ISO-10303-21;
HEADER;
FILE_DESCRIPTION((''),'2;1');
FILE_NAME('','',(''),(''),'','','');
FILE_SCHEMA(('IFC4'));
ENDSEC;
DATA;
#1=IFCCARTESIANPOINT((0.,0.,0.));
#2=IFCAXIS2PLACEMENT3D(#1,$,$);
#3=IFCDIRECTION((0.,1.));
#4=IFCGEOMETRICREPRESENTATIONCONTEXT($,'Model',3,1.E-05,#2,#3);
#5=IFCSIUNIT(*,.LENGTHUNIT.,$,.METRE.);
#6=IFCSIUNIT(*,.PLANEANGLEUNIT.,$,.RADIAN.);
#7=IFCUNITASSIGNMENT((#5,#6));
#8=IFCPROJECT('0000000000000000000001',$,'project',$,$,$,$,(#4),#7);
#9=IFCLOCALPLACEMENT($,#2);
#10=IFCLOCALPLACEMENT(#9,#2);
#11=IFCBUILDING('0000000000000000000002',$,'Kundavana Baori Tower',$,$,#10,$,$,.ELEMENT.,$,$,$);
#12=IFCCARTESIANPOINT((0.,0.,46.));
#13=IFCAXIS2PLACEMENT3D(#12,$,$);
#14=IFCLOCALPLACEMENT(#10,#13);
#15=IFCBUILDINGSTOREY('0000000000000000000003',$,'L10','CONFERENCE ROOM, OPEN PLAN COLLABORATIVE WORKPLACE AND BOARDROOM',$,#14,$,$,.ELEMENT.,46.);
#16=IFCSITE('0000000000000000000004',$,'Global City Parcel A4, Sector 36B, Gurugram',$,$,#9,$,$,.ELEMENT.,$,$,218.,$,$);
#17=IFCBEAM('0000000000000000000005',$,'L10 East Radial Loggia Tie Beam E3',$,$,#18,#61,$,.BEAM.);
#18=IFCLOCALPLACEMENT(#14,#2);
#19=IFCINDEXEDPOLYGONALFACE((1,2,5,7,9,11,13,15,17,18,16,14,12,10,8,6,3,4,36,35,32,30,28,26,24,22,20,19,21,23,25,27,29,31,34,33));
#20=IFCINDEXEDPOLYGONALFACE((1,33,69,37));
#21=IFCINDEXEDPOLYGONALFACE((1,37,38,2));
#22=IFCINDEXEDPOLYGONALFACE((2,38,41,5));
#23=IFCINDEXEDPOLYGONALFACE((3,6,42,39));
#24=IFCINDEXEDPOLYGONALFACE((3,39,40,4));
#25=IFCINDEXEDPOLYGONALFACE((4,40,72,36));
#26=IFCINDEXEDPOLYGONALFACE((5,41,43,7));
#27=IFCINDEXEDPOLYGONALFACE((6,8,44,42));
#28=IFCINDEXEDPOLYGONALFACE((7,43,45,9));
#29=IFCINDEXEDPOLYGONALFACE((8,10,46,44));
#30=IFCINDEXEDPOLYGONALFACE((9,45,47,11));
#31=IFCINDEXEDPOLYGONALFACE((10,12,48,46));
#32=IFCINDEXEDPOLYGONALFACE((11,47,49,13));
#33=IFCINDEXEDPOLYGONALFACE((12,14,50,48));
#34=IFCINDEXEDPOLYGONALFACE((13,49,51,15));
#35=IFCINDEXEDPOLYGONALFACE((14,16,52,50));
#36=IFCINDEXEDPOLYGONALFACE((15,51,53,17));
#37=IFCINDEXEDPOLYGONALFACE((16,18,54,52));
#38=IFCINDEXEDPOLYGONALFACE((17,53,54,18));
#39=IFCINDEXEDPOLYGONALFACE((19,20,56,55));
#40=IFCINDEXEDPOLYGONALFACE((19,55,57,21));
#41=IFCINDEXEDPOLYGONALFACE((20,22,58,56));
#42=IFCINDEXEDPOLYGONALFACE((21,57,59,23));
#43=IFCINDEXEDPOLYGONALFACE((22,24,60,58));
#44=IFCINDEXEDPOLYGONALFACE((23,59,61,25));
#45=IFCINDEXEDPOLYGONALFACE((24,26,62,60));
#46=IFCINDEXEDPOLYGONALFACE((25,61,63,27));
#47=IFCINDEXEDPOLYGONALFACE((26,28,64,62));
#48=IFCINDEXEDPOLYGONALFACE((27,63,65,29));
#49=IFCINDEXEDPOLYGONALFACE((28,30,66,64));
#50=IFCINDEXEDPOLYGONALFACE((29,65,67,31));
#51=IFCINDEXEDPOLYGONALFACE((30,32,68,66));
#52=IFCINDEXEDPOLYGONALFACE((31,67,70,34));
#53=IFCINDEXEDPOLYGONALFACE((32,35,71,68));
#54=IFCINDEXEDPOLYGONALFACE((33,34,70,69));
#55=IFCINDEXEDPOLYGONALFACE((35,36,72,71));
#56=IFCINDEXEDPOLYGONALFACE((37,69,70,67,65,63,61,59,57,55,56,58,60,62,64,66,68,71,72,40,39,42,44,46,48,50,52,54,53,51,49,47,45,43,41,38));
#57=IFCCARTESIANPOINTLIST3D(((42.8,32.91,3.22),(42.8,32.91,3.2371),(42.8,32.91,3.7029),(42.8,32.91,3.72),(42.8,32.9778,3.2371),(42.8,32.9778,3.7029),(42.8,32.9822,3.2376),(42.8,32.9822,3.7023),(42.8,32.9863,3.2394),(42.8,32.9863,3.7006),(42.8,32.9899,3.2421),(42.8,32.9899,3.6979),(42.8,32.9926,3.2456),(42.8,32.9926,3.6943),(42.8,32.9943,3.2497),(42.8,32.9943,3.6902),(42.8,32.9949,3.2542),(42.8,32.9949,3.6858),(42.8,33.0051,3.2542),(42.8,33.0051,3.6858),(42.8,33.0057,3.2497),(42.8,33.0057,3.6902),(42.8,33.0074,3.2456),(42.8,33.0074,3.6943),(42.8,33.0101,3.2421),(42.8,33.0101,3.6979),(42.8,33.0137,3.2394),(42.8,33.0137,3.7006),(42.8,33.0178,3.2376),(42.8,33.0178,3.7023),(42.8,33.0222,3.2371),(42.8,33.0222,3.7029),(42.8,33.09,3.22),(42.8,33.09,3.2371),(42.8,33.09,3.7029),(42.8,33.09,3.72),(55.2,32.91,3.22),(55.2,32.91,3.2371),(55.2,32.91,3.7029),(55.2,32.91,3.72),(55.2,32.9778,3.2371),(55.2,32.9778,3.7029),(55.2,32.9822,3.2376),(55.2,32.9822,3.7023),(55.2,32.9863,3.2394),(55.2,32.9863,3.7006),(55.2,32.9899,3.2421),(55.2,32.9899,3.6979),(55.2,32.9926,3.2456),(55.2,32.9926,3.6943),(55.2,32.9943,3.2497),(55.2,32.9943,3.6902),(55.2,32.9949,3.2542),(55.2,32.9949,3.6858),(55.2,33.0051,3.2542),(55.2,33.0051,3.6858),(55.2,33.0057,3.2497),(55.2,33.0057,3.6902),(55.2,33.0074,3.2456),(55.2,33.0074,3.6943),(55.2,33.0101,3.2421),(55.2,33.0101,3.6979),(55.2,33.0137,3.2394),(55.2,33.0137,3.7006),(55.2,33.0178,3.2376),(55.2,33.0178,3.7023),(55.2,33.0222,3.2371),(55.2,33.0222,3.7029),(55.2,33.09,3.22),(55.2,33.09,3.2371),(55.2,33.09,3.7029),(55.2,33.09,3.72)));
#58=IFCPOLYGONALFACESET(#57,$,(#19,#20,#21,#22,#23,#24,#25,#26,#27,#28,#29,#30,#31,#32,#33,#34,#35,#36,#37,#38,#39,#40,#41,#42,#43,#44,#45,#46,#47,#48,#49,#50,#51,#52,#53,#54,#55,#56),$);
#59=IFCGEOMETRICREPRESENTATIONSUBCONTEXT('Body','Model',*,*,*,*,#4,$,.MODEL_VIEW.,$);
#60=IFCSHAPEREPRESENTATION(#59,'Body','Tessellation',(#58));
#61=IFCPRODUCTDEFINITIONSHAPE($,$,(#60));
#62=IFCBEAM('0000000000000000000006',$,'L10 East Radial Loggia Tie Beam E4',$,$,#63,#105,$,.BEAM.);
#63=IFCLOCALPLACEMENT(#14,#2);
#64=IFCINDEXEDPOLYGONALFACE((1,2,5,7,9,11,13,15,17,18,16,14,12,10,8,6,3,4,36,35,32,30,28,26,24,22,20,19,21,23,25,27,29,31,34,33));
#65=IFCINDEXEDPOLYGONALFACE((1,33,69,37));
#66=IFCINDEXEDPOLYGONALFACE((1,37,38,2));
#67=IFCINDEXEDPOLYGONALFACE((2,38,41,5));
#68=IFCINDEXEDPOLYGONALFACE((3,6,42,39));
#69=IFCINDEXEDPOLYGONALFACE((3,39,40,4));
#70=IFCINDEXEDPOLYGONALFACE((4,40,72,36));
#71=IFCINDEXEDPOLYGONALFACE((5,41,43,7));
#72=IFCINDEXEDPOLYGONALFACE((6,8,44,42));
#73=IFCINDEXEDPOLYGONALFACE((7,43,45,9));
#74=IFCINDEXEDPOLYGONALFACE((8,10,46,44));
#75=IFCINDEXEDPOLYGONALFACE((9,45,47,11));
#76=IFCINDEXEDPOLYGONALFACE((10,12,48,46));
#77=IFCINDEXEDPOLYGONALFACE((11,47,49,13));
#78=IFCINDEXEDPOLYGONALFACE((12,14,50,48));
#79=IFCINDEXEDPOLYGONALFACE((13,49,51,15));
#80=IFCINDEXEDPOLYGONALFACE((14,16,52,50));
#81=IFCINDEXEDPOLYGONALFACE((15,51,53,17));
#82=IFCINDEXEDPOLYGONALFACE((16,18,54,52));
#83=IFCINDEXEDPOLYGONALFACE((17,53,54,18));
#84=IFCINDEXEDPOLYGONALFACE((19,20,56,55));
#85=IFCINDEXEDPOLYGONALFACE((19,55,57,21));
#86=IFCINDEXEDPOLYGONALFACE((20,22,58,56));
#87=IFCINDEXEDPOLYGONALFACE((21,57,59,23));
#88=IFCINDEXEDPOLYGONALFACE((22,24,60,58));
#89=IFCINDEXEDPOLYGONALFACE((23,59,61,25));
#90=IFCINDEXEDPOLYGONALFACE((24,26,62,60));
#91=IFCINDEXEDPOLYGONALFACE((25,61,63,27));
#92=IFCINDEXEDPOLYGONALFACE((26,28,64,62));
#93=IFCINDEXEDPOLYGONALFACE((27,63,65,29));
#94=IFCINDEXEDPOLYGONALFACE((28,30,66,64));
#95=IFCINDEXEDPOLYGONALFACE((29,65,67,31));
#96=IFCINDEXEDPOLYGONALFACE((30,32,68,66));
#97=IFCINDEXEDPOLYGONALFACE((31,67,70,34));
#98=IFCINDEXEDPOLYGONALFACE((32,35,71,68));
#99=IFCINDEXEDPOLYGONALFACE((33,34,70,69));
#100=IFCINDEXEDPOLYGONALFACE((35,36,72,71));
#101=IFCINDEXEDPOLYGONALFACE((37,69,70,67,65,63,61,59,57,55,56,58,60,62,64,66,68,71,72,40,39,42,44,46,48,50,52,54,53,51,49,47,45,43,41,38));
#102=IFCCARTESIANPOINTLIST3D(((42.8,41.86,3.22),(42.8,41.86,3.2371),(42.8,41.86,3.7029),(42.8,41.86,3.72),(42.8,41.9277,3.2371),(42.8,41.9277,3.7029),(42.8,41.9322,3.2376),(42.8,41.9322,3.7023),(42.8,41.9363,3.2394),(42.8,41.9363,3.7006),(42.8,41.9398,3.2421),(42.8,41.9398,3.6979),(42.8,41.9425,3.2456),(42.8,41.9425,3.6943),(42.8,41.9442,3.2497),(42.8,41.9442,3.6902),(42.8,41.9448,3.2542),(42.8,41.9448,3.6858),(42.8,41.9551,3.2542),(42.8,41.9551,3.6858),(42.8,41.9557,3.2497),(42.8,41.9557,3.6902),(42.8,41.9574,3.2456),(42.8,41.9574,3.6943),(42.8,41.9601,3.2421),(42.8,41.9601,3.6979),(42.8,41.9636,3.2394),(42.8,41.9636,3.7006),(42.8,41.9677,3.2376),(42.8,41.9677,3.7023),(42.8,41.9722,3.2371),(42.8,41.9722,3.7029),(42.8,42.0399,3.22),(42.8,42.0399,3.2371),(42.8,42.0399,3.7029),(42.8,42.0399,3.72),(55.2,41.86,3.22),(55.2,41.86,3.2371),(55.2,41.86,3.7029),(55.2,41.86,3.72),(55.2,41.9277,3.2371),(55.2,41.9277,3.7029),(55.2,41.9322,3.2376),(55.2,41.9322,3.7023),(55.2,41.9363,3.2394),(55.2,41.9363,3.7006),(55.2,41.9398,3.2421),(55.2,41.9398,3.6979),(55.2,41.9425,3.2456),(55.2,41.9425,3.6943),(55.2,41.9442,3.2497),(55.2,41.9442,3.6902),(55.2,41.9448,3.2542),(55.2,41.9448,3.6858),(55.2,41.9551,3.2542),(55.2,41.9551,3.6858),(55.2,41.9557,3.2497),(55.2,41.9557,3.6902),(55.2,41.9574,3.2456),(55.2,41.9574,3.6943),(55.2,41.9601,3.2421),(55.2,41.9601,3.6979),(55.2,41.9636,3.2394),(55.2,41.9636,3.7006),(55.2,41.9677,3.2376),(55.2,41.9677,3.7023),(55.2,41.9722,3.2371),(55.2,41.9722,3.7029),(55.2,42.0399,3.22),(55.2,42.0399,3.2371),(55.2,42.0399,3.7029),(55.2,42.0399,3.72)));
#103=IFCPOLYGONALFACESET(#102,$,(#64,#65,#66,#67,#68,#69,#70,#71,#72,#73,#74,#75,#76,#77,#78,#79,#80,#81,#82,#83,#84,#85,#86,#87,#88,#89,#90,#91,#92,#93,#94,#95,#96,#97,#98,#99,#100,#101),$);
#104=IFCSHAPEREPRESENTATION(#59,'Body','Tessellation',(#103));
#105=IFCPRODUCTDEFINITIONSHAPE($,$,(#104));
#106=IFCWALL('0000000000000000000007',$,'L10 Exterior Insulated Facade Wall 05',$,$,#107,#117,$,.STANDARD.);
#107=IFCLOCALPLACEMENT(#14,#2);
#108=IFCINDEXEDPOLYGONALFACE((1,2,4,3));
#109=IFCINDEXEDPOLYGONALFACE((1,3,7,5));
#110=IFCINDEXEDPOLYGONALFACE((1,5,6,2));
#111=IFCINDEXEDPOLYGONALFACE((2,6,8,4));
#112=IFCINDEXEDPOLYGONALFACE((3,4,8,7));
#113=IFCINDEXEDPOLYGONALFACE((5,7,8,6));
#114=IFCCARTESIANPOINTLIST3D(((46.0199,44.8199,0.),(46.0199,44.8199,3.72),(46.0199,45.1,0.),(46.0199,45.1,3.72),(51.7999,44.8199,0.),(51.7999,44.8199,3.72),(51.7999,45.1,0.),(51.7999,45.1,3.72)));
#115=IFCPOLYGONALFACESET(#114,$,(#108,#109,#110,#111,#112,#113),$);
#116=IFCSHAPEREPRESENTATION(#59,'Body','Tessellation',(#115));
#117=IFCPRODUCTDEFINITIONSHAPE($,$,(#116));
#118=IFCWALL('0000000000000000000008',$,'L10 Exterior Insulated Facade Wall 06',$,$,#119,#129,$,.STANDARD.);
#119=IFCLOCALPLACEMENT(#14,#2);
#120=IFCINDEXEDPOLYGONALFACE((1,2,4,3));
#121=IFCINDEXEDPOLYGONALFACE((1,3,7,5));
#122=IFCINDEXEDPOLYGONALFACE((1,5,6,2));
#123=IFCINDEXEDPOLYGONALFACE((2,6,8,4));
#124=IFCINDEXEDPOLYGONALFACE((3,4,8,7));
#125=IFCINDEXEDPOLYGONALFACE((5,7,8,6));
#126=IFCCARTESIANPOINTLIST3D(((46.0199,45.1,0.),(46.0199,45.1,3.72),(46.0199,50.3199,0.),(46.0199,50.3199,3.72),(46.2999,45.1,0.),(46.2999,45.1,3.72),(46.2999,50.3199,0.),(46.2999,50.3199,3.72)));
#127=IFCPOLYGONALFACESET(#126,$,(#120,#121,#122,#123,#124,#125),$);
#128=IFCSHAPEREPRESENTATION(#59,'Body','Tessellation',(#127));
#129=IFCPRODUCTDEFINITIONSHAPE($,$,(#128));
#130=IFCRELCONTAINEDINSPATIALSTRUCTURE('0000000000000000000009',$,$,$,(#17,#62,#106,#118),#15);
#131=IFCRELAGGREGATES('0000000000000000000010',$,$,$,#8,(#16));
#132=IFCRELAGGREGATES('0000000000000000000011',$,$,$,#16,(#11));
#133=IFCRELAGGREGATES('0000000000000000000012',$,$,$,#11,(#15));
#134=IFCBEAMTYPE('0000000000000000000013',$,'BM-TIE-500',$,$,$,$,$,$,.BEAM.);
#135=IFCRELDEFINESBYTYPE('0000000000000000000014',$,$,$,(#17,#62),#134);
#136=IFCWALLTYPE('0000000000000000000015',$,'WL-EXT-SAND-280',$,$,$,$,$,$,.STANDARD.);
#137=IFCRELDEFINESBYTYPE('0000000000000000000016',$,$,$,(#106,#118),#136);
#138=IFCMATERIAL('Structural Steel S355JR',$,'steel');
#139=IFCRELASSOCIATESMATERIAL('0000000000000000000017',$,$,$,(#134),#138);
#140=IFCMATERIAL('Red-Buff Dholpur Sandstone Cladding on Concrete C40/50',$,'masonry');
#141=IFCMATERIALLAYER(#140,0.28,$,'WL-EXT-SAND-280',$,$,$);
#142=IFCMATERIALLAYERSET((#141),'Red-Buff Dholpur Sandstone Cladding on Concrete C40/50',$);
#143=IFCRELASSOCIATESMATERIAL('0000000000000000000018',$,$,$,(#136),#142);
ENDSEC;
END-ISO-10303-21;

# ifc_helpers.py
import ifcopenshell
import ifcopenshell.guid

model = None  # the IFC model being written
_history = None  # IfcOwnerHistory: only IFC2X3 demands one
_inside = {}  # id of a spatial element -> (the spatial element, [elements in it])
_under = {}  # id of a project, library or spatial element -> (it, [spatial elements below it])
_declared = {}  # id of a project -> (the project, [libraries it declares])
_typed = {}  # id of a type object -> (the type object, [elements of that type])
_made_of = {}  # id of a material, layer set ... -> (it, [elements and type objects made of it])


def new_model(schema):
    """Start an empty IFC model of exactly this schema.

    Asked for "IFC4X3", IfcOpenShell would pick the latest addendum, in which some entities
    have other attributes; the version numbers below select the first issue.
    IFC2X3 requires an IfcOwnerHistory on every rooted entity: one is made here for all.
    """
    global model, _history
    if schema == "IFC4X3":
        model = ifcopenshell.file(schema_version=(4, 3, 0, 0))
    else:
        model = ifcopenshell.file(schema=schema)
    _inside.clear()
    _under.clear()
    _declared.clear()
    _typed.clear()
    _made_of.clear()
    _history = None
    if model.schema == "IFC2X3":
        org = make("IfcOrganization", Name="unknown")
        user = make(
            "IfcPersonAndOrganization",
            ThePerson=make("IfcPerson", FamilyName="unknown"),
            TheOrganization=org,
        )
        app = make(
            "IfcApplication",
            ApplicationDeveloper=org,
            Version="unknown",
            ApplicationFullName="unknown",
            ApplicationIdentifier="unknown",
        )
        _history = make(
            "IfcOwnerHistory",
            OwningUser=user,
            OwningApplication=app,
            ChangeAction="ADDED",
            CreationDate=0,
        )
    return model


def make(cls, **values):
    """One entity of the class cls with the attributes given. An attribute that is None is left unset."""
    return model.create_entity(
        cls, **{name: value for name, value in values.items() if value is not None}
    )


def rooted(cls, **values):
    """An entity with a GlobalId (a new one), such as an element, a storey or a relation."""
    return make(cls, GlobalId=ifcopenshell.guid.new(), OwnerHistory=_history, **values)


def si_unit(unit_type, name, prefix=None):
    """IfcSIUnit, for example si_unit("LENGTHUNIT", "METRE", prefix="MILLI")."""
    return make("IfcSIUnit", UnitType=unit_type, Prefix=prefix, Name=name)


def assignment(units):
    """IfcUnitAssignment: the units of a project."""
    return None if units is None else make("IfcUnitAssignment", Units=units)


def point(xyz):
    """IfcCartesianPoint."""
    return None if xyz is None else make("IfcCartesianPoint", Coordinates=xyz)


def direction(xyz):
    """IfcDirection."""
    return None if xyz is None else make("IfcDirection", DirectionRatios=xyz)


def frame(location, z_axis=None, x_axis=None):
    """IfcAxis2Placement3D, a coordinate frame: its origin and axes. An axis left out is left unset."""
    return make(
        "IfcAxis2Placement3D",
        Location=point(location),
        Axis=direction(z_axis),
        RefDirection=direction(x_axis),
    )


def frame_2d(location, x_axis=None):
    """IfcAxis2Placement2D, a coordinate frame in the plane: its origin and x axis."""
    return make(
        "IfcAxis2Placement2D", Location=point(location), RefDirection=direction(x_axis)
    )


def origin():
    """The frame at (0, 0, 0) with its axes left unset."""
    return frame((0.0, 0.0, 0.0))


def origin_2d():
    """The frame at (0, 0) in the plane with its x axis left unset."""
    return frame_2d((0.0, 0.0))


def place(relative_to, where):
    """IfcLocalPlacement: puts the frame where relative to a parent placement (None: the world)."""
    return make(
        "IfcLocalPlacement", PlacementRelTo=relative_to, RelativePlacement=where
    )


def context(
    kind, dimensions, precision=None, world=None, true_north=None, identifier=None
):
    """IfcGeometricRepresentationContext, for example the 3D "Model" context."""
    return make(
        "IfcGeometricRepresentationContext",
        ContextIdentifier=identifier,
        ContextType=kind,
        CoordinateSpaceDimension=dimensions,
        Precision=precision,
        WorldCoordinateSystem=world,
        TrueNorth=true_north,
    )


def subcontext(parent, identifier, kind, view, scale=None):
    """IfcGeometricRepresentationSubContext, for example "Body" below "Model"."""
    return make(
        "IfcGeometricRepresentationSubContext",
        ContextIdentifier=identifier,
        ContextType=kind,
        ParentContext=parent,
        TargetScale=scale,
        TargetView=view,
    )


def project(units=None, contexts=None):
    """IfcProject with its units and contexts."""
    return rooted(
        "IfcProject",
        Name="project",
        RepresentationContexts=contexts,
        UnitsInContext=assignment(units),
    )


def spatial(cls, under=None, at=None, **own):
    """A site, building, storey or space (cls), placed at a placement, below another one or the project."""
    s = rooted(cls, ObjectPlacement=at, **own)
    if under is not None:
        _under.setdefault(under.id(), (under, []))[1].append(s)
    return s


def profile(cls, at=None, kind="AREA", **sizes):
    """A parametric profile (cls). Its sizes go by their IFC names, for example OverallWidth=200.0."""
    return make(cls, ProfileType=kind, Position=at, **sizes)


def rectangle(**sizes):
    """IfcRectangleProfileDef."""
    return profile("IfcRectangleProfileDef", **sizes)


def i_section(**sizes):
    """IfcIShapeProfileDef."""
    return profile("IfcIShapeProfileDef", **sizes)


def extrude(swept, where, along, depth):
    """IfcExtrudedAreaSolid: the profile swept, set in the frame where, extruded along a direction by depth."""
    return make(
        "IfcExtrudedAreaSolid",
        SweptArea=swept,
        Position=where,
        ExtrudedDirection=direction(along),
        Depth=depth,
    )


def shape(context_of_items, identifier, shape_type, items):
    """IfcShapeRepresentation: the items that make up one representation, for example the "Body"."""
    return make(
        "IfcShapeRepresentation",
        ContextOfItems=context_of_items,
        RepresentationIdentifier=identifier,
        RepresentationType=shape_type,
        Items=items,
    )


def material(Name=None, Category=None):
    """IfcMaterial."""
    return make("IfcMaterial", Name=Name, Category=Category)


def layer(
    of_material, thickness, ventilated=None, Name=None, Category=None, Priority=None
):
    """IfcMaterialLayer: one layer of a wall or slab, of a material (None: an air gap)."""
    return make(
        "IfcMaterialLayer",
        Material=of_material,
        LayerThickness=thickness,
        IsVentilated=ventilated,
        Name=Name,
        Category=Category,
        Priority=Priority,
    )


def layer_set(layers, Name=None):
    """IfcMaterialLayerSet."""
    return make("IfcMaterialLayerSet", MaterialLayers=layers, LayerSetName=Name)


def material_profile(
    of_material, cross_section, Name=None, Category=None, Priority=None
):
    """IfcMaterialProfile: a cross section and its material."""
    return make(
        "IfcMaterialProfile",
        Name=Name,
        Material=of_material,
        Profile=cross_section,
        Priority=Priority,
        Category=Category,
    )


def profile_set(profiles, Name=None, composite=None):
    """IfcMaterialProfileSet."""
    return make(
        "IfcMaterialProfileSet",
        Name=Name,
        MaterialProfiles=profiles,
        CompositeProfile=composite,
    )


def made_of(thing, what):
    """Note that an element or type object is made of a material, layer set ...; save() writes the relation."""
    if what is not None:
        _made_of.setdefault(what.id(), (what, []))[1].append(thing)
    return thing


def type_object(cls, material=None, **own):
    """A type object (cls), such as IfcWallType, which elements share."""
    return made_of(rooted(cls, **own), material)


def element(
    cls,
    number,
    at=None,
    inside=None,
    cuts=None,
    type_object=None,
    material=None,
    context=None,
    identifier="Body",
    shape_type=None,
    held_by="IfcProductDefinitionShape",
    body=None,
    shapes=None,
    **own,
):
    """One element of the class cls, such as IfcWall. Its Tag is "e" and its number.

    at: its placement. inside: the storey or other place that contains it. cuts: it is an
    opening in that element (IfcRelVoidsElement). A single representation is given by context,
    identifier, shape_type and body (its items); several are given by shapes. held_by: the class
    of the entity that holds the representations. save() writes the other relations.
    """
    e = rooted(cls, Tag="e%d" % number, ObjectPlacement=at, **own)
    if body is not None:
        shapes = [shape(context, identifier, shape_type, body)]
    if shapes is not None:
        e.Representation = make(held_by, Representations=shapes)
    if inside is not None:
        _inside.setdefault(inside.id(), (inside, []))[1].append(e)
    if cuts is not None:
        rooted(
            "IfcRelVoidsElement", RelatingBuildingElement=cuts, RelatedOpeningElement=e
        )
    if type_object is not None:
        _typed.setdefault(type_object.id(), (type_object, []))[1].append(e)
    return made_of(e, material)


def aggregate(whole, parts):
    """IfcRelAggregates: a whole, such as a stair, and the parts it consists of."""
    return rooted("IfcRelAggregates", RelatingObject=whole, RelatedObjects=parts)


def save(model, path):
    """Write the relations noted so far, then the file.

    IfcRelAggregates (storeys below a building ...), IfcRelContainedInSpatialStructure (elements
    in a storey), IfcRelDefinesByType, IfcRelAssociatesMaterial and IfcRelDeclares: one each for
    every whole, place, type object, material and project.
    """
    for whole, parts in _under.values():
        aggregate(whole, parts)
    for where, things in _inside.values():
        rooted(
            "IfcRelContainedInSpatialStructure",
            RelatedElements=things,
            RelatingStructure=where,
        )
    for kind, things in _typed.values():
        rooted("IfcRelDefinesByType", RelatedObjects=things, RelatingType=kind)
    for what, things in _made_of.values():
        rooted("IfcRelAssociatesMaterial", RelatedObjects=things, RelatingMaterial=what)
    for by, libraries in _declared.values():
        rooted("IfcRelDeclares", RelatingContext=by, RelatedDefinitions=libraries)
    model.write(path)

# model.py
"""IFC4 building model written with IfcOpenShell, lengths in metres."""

from ifc_helpers import new_model, si_unit, direction, frame, frame_2d, origin, origin_2d, place, context, subcontext, project, spatial, rectangle, i_section, extrude, material, layer, layer_set, material_profile, profile_set, type_object, element, save


model = new_model("IFC4")

# Units and contexts
model_context = context("Model", 3, precision=1e-05, world=origin(), true_north=direction((0.0, 1.0)))
body_context = subcontext(model_context, "Body", "Model", "MODEL_VIEW")
ifc_project = project(units=[si_unit("LENGTHUNIT", "METRE"), si_unit("PLANEANGLEUNIT", "RADIAN")], contexts=[model_context])

# Site, building, storey
site_placement = place(None, origin())
site = spatial("IfcSite", under=ifc_project, at=site_placement, Name="Global City Parcel A4, Sector 36B, Gurugram", CompositionType="ELEMENT", RefElevation=218.0)
building_placement = place(site_placement, origin())
building = spatial("IfcBuilding", under=site, at=building_placement, Name="Kundavana Baori Tower", CompositionType="ELEMENT")
storey_placement = place(building_placement, frame((0.0, 0.0, 46.0)))
storey = spatial("IfcBuildingStorey", under=building, at=storey_placement, Name="L10", Description="CONFERENCE ROOM, OPEN PLAN COLLABORATIVE WORKPLACE AND BOARDROOM", CompositionType="ELEMENT", Elevation=46.0)

# Beams
ifc_material_1 = material(Name="Structural Steel S355JR", Category="steel")
ifc_material_profile_1 = material_profile(ifc_material_1, i_section(OverallWidth=0.1799, OverallDepth=0.5, WebThickness=0.0103, FlangeThickness=0.0171, FilletRadius=0.0171, at=origin_2d()), Name="ISMB 500")
ifc_profile_set_1 = profile_set([ifc_material_profile_1], Name="Structural Steel S355JR")
beam_type_1 = type_object("IfcBeamType", Name="BM-TIE-500", PredefinedType="BEAM", material=ifc_profile_set_1)
for number, where, z_axis, x_axis, name in (
    (1, (42.8, 33.0, 3.47), (1.0, 0.0, 0.0), (0.0, 1.0, 0.0), "L10 East Radial Loggia Tie Beam E3"),
    (2, (42.8, 41.95, 3.47), (1.0, 0.0, 0.0), (0.0, 1.0, 0.0), "L10 East Radial Loggia Tie Beam E4"),
):
    element("IfcBeam", number, at=place(storey_placement, frame(where, z_axis=z_axis, x_axis=x_axis)), inside=storey, type_object=beam_type_1, Name=name, PredefinedType="BEAM", context=body_context, shape_type="SweptSolid", body=[
        extrude(i_section(OverallWidth=0.1799, OverallDepth=0.5, WebThickness=0.0103, FlangeThickness=0.0171, FilletRadius=0.0171, at=origin_2d()), origin(), (0.0, 0.0, 1.0), 12.3999),
    ])

# Walls
ifc_material_2 = material(Name="Red-Buff Dholpur Sandstone Cladding on Concrete C40/50", Category="masonry")
ifc_layer_1 = layer(ifc_material_2, 0.28, Name="WL-EXT-SAND-280")
ifc_layer_set_1 = layer_set([ifc_layer_1], Name="Red-Buff Dholpur Sandstone Cladding on Concrete C40/50")
wall_type_1 = type_object("IfcWallType", Name="WL-EXT-SAND-280", PredefinedType="STANDARD", material=ifc_layer_set_1)
wall_1_placement = place(storey_placement, frame((51.8, 44.96, 0.0), z_axis=(0.0, 0.0, 1.0), x_axis=(-1.0, 0.0, 0.0)))
element("IfcWall", 3, at=wall_1_placement, inside=storey, type_object=wall_type_1, Name="L10 Exterior Insulated Facade Wall 05", PredefinedType="STANDARD", context=body_context, shape_type="SweptSolid", body=[
    extrude(rectangle(XDim=5.78, YDim=0.28, at=frame_2d((2.8901, 0.0))), origin(), (0.0, 0.0, 1.0), 3.72),
])
wall_2_placement = place(storey_placement, frame((46.1599, 45.1001, 0.0), z_axis=(0.0, 0.0, 1.0), x_axis=(0.0, 1.0, 0.0)))
element("IfcWall", 4, at=wall_2_placement, inside=storey, type_object=wall_type_1, Name="L10 Exterior Insulated Facade Wall 06", PredefinedType="STANDARD", context=body_context, shape_type="SweptSolid", body=[
    extrude(rectangle(XDim=5.22, YDim=0.28, at=frame_2d((2.6099, 0.0))), origin(), (0.0, 0.0, 1.0), 3.72),
])

save(model, "model.ifc")
